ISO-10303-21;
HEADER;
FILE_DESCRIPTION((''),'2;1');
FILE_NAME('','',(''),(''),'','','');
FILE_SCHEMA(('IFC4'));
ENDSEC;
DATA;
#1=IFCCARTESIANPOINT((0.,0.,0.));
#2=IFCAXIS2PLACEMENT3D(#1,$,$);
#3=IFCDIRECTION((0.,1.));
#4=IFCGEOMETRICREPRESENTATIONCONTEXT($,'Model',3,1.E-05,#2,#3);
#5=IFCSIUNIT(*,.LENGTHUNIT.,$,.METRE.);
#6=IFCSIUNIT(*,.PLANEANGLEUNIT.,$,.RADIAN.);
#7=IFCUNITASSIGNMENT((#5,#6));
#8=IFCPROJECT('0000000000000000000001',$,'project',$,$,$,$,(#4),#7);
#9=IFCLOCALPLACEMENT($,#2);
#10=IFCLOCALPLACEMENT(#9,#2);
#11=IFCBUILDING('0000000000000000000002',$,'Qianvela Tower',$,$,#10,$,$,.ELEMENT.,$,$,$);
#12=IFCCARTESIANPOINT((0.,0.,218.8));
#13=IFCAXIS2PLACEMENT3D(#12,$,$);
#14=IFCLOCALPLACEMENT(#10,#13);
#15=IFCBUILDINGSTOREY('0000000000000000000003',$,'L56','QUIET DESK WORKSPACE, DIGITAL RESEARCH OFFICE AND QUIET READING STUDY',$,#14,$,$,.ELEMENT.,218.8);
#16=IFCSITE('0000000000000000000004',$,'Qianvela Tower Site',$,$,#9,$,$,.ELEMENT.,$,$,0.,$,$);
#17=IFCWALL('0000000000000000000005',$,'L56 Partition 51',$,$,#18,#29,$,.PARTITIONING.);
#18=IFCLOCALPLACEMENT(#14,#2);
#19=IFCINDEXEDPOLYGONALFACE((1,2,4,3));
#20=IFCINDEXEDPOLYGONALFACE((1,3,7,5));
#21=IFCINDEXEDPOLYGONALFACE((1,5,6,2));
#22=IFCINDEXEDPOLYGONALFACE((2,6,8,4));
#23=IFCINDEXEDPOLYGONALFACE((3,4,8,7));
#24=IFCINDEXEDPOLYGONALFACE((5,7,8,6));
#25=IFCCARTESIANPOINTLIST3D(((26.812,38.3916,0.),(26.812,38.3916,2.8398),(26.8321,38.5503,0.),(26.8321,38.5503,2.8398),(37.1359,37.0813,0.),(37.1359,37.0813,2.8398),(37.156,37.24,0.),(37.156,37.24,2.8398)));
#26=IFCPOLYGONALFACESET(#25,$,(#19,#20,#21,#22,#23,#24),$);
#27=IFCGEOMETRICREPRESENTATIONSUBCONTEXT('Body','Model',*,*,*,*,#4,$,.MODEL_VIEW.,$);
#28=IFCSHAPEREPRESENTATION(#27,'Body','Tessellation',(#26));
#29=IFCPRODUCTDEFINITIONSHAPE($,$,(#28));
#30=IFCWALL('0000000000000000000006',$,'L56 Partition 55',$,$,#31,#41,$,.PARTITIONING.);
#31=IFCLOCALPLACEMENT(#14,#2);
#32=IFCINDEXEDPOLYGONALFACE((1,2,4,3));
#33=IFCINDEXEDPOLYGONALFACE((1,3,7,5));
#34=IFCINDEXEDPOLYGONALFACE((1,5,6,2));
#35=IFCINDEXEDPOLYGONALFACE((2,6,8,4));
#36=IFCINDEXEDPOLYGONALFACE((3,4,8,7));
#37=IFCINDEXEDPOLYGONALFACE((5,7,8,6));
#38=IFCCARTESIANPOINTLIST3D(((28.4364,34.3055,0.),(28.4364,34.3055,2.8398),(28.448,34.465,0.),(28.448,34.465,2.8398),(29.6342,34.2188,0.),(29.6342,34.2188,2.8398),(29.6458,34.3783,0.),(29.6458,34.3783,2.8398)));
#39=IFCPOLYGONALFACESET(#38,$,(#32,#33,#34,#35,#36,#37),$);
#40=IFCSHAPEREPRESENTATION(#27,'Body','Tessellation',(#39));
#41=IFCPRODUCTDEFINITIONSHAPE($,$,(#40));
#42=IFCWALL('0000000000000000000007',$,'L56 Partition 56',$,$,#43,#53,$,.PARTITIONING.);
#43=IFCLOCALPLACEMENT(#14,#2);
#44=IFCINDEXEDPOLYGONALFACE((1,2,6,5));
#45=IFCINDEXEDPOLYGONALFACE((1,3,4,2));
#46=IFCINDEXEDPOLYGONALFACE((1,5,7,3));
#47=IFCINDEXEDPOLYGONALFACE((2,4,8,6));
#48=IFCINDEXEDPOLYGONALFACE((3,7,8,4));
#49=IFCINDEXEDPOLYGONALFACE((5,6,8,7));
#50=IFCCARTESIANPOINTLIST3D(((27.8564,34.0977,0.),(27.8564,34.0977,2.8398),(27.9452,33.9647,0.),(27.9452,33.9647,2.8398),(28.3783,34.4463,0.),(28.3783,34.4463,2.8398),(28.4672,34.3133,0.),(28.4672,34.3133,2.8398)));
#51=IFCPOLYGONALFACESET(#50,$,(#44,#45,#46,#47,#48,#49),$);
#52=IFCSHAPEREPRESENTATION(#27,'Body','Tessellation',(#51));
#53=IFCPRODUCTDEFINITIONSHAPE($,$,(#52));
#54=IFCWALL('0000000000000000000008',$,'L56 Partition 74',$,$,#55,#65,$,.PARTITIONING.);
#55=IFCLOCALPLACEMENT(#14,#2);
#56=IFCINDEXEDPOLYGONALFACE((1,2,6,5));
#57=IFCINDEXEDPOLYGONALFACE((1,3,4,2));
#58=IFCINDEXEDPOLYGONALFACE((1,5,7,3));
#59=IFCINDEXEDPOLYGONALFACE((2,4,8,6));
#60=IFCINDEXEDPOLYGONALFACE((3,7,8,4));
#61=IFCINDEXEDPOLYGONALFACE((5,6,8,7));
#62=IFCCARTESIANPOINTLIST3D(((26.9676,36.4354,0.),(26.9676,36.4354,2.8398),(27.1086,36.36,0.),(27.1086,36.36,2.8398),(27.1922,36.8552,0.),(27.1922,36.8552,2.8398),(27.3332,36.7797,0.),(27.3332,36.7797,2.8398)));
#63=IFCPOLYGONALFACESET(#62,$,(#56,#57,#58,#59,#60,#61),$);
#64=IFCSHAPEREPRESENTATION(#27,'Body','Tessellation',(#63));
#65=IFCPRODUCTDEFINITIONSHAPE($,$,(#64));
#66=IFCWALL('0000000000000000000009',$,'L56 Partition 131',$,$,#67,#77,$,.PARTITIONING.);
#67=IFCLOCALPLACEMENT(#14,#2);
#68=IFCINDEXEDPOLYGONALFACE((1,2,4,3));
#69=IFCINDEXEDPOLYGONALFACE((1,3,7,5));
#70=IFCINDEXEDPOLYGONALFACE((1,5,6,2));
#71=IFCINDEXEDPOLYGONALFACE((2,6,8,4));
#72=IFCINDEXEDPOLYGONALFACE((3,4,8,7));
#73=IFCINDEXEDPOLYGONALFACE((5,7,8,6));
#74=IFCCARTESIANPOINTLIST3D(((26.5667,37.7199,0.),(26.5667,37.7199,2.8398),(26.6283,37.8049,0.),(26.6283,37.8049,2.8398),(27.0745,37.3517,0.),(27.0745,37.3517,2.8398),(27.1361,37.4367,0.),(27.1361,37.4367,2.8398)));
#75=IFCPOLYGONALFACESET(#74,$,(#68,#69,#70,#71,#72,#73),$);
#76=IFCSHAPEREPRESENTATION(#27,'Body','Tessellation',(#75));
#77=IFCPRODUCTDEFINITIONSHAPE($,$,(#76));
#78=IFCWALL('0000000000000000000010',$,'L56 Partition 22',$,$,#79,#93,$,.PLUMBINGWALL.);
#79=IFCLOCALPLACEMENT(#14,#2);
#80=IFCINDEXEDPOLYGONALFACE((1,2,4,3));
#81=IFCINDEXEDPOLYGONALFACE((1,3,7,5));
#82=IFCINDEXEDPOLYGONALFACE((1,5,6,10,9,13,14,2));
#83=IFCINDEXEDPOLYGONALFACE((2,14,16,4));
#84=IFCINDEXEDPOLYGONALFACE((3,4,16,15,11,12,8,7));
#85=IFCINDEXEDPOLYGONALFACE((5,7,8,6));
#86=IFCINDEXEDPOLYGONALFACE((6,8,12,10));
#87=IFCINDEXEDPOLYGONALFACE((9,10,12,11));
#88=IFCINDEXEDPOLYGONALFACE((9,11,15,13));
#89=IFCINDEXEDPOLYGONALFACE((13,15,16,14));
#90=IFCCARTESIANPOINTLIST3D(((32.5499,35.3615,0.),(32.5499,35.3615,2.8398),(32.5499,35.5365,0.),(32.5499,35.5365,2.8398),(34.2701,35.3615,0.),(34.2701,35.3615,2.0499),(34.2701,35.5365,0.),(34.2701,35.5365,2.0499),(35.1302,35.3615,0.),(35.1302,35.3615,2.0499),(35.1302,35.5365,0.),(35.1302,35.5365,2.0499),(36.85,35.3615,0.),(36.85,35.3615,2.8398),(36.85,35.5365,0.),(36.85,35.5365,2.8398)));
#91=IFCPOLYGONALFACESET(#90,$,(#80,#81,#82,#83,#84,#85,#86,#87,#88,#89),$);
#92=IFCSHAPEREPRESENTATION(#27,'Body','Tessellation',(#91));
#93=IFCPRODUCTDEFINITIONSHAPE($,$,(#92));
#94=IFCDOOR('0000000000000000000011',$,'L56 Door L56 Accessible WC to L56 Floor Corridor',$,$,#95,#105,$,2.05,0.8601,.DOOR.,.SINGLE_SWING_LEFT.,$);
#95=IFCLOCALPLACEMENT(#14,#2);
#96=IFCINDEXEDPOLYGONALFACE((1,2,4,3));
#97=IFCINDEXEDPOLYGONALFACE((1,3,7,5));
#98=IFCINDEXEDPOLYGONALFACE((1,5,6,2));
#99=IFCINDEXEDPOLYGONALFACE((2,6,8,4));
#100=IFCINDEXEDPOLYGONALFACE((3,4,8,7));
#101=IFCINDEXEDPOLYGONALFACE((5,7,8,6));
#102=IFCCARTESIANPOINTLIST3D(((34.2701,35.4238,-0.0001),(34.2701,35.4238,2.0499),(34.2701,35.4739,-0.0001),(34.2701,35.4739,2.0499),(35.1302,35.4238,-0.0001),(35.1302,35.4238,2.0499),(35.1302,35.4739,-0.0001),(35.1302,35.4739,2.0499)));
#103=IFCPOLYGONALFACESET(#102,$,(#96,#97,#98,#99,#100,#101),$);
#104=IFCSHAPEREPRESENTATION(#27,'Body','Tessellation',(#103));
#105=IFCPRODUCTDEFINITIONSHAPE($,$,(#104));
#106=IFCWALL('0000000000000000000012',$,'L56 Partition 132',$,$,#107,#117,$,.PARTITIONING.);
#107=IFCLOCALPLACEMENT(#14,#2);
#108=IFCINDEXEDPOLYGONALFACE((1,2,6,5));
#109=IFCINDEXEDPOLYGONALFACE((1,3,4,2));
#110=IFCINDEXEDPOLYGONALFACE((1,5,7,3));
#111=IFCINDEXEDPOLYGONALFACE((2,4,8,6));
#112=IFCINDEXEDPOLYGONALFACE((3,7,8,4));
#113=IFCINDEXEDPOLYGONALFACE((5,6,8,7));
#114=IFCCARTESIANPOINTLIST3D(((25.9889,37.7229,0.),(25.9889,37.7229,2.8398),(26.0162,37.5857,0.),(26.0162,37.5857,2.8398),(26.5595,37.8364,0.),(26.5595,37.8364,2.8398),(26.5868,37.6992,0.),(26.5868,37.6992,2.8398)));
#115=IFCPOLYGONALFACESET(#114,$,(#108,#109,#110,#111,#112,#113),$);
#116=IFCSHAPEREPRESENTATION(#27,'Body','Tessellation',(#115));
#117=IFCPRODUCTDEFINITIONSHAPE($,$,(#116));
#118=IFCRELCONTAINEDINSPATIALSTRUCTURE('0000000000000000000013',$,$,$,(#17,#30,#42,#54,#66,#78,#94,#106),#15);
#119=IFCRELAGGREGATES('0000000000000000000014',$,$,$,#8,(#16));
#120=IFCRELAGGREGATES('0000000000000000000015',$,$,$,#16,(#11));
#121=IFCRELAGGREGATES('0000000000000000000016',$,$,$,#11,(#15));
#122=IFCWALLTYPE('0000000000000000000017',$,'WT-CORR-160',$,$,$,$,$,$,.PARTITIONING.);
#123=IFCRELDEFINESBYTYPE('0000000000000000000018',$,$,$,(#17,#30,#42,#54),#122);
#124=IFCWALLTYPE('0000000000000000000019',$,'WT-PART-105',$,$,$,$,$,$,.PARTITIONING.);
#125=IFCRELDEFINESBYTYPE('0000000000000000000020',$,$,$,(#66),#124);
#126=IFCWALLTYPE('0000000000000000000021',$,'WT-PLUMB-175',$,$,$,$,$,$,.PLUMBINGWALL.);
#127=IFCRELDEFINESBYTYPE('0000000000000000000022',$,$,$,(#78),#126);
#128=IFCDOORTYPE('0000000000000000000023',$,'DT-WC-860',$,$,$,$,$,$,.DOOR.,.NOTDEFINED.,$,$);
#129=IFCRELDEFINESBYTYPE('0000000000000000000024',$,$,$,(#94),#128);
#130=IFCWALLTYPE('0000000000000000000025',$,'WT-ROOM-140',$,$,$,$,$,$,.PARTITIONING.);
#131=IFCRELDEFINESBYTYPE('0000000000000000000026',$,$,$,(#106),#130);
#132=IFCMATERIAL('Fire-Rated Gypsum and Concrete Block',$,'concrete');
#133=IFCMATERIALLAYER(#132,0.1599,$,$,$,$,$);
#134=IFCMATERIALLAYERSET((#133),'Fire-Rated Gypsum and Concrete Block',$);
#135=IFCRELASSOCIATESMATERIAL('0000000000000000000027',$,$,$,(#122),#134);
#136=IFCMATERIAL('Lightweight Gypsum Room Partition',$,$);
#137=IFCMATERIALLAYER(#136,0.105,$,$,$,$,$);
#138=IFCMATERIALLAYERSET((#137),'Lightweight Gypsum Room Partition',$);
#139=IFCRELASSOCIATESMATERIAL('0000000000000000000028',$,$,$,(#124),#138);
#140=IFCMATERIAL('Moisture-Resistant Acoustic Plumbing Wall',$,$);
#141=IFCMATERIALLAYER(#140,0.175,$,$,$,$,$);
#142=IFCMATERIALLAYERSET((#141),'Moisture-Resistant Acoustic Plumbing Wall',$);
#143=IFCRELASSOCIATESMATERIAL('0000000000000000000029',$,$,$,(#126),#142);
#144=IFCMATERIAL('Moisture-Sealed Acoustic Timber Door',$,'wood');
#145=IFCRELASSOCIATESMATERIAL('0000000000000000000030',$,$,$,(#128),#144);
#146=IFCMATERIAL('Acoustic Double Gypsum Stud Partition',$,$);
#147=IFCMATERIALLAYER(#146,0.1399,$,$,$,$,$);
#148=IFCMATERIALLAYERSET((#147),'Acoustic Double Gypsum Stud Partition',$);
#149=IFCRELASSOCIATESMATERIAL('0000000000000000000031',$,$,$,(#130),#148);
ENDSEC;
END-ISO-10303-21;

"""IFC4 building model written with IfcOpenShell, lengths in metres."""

from ifc_helpers import new_model, si_unit, direction, frame, frame_2d, origin, place, context, subcontext, project, spatial, rectangle, extrude, material, layer, layer_set, type_object, element, fill, save


model = new_model("IFC4")

# Units and contexts
model_context = context("Model", 3, precision=1e-05, world=origin(), true_north=direction((0.0, 1.0)))
body_context = subcontext(model_context, "Body", "Model", "MODEL_VIEW")
ifc_project = project(units=[si_unit("LENGTHUNIT", "METRE"), si_unit("PLANEANGLEUNIT", "RADIAN")], contexts=[model_context])

# Site, building, storey
site_placement = place(None, origin())
site = spatial("IfcSite", under=ifc_project, at=site_placement, Name="Qianvela Tower Site", CompositionType="ELEMENT", RefElevation=0.0)
building_placement = place(site_placement, origin())
building = spatial("IfcBuilding", under=site, at=building_placement, Name="Qianvela Tower", CompositionType="ELEMENT")
storey_placement = place(building_placement, frame((0.0, 0.0, 218.8)))
storey = spatial("IfcBuildingStorey", under=building, at=storey_placement, Name="L56", Description="QUIET DESK WORKSPACE, DIGITAL RESEARCH OFFICE AND QUIET READING STUDY", CompositionType="ELEMENT", Elevation=218.8)

# Shared definitions
ifc_material_1 = material(Name="Fire-Rated Gypsum and Concrete Block", Category="concrete")
ifc_layer_1 = layer(ifc_material_1, 0.1599)
ifc_layer_set_1 = layer_set([ifc_layer_1], Name="Fire-Rated Gypsum and Concrete Block")
wall_type_1 = type_object("IfcWallType", Name="WT-CORR-160", PredefinedType="PARTITIONING", material=ifc_layer_set_1)

# Walls
wall_1_placement = place(storey_placement, frame((26.822, 38.4709, 0.0), z_axis=(0.0, 0.0, 1.0), x_axis=(0.992042, -0.125908, 0.0)))
element("IfcWall", 1, at=wall_1_placement, inside=storey, type_object=wall_type_1, Name="L56 Partition 51", PredefinedType="PARTITIONING", context=body_context, shape_type="SweptSolid", body=[
    extrude(rectangle(XDim=10.4067, YDim=0.1599, at=frame_2d((5.2034, 0.0))), origin(), (0.0, 0.0, 1.0), 2.8398),
])
wall_2_placement = place(storey_placement, frame((29.6401, 34.2986, 0.0), z_axis=(0.0, 0.0, 1.0), x_axis=(-0.997392, 0.072172, 0.0)))
element("IfcWall", 2, at=wall_2_placement, inside=storey, type_object=wall_type_1, Name="L56 Partition 55", PredefinedType="PARTITIONING", context=body_context, shape_type="SweptSolid", body=[
    extrude(rectangle(XDim=1.2009, YDim=0.1599, at=frame_2d((0.6006, 0.0))), origin(), (0.0, 0.0, 1.0), 2.8398),
])
wall_3_placement = place(storey_placement, frame((28.4229, 34.3799, 0.0), z_axis=(0.0, 0.0, 1.0), x_axis=(-0.831571, -0.555418, 0.0)))
element("IfcWall", 3, at=wall_3_placement, inside=storey, type_object=wall_type_1, Name="L56 Partition 56", PredefinedType="PARTITIONING", context=body_context, shape_type="SweptSolid", body=[
    extrude(rectangle(XDim=0.6277, YDim=0.1599, at=frame_2d((0.314, 0.0))), origin(), (0.0, 0.0, 1.0), 2.8398),
])
wall_4_placement = place(storey_placement, frame((27.0381, 36.3977, 0.0), z_axis=(0.0, 0.0, 1.0), x_axis=(0.471866, 0.881671, 0.0)))
element("IfcWall", 4, at=wall_4_placement, inside=storey, type_object=wall_type_1, Name="L56 Partition 74", PredefinedType="PARTITIONING", context=body_context, shape_type="SweptSolid", body=[
    extrude(rectangle(XDim=0.4761, YDim=0.1599, at=frame_2d((0.238, 0.0))), origin(), (0.0, 0.0, 1.0), 2.8398),
])
ifc_material_2 = material(Name="Lightweight Gypsum Room Partition")
ifc_layer_2 = layer(ifc_material_2, 0.105)
ifc_layer_set_2 = layer_set([ifc_layer_2], Name="Lightweight Gypsum Room Partition")
wall_type_2 = type_object("IfcWallType", Name="WT-PART-105", PredefinedType="PARTITIONING", material=ifc_layer_set_2)
wall_5_placement = place(storey_placement, frame((27.1052, 37.3943, 0.0), z_axis=(0.0, 0.0, 1.0), x_axis=(-0.80961, 0.586968, 0.0)))
element("IfcWall", 5, at=wall_5_placement, inside=storey, type_object=wall_type_2, Name="L56 Partition 131", PredefinedType="PARTITIONING", context=body_context, shape_type="SweptSolid", body=[
    extrude(rectangle(XDim=0.6272, YDim=0.105, at=frame_2d((0.3135, 0.0))), origin(), (0.0, 0.0, 1.0), 2.8398),
])

# Wall, opening, door
ifc_material_3 = material(Name="Moisture-Resistant Acoustic Plumbing Wall")
ifc_layer_3 = layer(ifc_material_3, 0.175)
ifc_layer_set_3 = layer_set([ifc_layer_3], Name="Moisture-Resistant Acoustic Plumbing Wall")
wall_type_3 = type_object("IfcWallType", Name="WT-PLUMB-175", PredefinedType="PLUMBINGWALL", material=ifc_layer_set_3)
wall_6_placement = place(storey_placement, frame((32.55, 35.449, 0.0), z_axis=(0.0, 0.0, 1.0), x_axis=(1.0, 0.0, 0.0)))
wall_6 = element("IfcWall", 6, at=wall_6_placement, inside=storey, type_object=wall_type_3, Name="L56 Partition 22", PredefinedType="PLUMBINGWALL", context=body_context, shape_type="SweptSolid", body=[
    extrude(rectangle(XDim=4.3, YDim=0.175, at=frame_2d((2.1499, 0.0))), origin(), (0.0, 0.0, 1.0), 2.8398),
])
opening_1_placement = place(wall_6_placement, frame((1.72, 0.0, 0.0)))
opening_1 = element("IfcOpeningElement", 7, at=opening_1_placement, cuts=wall_6, PredefinedType="OPENING", context=body_context, shape_type="SweptSolid", body=[
    extrude(rectangle(XDim=0.8601, YDim=2.05, at=frame_2d((0.4302, 1.0249))), frame((0.0, 0.0974, 0.0), z_axis=(0.0, -1.0, 0.0), x_axis=(1.0, 0.0, 0.0)), (0.0, 0.0, 1.0), 0.1951),
])
ifc_material_4 = material(Name="Moisture-Sealed Acoustic Timber Door", Category="wood")
door_type_1 = type_object("IfcDoorType", Name="DT-WC-860", OperationType="NOTDEFINED", PredefinedType="DOOR", material=ifc_material_4)
door_1_placement = place(opening_1_placement, origin())
door_1 = element("IfcDoor", 8, at=door_1_placement, inside=storey, type_object=door_type_1, Name="L56 Door L56 Accessible WC to L56 Floor Corridor", OperationType="SINGLE_SWING_LEFT", OverallHeight=2.05, OverallWidth=0.8601, PredefinedType="DOOR", context=body_context, shape_type="SweptSolid", body=[
    extrude(rectangle(XDim=0.8601, YDim=2.05, at=frame_2d((0.4302, 1.0249))), frame((0.0, 0.0249, 0.0), z_axis=(0.0, -1.0, 0.0), x_axis=(1.0, 0.0, 0.0)), (0.0, 0.0, 1.0), 0.05),
])
fill(opening_1, door_1)

# Wall
ifc_material_5 = material(Name="Acoustic Double Gypsum Stud Partition")
ifc_layer_4 = layer(ifc_material_5, 0.1399)
ifc_layer_set_4 = layer_set([ifc_layer_4], Name="Acoustic Double Gypsum Stud Partition")
wall_type_4 = type_object("IfcWallType", Name="WT-ROOM-140", PredefinedType="PARTITIONING", material=ifc_layer_set_4)
wall_7_placement = place(storey_placement, frame((26.5732, 37.7678, 0.0), z_axis=(0.0, 0.0, 1.0), x_axis=(-0.980774, -0.195148, 0.0)))
element("IfcWall", 9, at=wall_7_placement, inside=storey, type_object=wall_type_4, Name="L56 Partition 132", PredefinedType="PARTITIONING", context=body_context, shape_type="SweptSolid", body=[
    extrude(rectangle(XDim=0.5818, YDim=0.1399, at=frame_2d((0.291, 0.0))), origin(), (0.0, 0.0, 1.0), 2.8398),
])

save(model, "model.ifc")
